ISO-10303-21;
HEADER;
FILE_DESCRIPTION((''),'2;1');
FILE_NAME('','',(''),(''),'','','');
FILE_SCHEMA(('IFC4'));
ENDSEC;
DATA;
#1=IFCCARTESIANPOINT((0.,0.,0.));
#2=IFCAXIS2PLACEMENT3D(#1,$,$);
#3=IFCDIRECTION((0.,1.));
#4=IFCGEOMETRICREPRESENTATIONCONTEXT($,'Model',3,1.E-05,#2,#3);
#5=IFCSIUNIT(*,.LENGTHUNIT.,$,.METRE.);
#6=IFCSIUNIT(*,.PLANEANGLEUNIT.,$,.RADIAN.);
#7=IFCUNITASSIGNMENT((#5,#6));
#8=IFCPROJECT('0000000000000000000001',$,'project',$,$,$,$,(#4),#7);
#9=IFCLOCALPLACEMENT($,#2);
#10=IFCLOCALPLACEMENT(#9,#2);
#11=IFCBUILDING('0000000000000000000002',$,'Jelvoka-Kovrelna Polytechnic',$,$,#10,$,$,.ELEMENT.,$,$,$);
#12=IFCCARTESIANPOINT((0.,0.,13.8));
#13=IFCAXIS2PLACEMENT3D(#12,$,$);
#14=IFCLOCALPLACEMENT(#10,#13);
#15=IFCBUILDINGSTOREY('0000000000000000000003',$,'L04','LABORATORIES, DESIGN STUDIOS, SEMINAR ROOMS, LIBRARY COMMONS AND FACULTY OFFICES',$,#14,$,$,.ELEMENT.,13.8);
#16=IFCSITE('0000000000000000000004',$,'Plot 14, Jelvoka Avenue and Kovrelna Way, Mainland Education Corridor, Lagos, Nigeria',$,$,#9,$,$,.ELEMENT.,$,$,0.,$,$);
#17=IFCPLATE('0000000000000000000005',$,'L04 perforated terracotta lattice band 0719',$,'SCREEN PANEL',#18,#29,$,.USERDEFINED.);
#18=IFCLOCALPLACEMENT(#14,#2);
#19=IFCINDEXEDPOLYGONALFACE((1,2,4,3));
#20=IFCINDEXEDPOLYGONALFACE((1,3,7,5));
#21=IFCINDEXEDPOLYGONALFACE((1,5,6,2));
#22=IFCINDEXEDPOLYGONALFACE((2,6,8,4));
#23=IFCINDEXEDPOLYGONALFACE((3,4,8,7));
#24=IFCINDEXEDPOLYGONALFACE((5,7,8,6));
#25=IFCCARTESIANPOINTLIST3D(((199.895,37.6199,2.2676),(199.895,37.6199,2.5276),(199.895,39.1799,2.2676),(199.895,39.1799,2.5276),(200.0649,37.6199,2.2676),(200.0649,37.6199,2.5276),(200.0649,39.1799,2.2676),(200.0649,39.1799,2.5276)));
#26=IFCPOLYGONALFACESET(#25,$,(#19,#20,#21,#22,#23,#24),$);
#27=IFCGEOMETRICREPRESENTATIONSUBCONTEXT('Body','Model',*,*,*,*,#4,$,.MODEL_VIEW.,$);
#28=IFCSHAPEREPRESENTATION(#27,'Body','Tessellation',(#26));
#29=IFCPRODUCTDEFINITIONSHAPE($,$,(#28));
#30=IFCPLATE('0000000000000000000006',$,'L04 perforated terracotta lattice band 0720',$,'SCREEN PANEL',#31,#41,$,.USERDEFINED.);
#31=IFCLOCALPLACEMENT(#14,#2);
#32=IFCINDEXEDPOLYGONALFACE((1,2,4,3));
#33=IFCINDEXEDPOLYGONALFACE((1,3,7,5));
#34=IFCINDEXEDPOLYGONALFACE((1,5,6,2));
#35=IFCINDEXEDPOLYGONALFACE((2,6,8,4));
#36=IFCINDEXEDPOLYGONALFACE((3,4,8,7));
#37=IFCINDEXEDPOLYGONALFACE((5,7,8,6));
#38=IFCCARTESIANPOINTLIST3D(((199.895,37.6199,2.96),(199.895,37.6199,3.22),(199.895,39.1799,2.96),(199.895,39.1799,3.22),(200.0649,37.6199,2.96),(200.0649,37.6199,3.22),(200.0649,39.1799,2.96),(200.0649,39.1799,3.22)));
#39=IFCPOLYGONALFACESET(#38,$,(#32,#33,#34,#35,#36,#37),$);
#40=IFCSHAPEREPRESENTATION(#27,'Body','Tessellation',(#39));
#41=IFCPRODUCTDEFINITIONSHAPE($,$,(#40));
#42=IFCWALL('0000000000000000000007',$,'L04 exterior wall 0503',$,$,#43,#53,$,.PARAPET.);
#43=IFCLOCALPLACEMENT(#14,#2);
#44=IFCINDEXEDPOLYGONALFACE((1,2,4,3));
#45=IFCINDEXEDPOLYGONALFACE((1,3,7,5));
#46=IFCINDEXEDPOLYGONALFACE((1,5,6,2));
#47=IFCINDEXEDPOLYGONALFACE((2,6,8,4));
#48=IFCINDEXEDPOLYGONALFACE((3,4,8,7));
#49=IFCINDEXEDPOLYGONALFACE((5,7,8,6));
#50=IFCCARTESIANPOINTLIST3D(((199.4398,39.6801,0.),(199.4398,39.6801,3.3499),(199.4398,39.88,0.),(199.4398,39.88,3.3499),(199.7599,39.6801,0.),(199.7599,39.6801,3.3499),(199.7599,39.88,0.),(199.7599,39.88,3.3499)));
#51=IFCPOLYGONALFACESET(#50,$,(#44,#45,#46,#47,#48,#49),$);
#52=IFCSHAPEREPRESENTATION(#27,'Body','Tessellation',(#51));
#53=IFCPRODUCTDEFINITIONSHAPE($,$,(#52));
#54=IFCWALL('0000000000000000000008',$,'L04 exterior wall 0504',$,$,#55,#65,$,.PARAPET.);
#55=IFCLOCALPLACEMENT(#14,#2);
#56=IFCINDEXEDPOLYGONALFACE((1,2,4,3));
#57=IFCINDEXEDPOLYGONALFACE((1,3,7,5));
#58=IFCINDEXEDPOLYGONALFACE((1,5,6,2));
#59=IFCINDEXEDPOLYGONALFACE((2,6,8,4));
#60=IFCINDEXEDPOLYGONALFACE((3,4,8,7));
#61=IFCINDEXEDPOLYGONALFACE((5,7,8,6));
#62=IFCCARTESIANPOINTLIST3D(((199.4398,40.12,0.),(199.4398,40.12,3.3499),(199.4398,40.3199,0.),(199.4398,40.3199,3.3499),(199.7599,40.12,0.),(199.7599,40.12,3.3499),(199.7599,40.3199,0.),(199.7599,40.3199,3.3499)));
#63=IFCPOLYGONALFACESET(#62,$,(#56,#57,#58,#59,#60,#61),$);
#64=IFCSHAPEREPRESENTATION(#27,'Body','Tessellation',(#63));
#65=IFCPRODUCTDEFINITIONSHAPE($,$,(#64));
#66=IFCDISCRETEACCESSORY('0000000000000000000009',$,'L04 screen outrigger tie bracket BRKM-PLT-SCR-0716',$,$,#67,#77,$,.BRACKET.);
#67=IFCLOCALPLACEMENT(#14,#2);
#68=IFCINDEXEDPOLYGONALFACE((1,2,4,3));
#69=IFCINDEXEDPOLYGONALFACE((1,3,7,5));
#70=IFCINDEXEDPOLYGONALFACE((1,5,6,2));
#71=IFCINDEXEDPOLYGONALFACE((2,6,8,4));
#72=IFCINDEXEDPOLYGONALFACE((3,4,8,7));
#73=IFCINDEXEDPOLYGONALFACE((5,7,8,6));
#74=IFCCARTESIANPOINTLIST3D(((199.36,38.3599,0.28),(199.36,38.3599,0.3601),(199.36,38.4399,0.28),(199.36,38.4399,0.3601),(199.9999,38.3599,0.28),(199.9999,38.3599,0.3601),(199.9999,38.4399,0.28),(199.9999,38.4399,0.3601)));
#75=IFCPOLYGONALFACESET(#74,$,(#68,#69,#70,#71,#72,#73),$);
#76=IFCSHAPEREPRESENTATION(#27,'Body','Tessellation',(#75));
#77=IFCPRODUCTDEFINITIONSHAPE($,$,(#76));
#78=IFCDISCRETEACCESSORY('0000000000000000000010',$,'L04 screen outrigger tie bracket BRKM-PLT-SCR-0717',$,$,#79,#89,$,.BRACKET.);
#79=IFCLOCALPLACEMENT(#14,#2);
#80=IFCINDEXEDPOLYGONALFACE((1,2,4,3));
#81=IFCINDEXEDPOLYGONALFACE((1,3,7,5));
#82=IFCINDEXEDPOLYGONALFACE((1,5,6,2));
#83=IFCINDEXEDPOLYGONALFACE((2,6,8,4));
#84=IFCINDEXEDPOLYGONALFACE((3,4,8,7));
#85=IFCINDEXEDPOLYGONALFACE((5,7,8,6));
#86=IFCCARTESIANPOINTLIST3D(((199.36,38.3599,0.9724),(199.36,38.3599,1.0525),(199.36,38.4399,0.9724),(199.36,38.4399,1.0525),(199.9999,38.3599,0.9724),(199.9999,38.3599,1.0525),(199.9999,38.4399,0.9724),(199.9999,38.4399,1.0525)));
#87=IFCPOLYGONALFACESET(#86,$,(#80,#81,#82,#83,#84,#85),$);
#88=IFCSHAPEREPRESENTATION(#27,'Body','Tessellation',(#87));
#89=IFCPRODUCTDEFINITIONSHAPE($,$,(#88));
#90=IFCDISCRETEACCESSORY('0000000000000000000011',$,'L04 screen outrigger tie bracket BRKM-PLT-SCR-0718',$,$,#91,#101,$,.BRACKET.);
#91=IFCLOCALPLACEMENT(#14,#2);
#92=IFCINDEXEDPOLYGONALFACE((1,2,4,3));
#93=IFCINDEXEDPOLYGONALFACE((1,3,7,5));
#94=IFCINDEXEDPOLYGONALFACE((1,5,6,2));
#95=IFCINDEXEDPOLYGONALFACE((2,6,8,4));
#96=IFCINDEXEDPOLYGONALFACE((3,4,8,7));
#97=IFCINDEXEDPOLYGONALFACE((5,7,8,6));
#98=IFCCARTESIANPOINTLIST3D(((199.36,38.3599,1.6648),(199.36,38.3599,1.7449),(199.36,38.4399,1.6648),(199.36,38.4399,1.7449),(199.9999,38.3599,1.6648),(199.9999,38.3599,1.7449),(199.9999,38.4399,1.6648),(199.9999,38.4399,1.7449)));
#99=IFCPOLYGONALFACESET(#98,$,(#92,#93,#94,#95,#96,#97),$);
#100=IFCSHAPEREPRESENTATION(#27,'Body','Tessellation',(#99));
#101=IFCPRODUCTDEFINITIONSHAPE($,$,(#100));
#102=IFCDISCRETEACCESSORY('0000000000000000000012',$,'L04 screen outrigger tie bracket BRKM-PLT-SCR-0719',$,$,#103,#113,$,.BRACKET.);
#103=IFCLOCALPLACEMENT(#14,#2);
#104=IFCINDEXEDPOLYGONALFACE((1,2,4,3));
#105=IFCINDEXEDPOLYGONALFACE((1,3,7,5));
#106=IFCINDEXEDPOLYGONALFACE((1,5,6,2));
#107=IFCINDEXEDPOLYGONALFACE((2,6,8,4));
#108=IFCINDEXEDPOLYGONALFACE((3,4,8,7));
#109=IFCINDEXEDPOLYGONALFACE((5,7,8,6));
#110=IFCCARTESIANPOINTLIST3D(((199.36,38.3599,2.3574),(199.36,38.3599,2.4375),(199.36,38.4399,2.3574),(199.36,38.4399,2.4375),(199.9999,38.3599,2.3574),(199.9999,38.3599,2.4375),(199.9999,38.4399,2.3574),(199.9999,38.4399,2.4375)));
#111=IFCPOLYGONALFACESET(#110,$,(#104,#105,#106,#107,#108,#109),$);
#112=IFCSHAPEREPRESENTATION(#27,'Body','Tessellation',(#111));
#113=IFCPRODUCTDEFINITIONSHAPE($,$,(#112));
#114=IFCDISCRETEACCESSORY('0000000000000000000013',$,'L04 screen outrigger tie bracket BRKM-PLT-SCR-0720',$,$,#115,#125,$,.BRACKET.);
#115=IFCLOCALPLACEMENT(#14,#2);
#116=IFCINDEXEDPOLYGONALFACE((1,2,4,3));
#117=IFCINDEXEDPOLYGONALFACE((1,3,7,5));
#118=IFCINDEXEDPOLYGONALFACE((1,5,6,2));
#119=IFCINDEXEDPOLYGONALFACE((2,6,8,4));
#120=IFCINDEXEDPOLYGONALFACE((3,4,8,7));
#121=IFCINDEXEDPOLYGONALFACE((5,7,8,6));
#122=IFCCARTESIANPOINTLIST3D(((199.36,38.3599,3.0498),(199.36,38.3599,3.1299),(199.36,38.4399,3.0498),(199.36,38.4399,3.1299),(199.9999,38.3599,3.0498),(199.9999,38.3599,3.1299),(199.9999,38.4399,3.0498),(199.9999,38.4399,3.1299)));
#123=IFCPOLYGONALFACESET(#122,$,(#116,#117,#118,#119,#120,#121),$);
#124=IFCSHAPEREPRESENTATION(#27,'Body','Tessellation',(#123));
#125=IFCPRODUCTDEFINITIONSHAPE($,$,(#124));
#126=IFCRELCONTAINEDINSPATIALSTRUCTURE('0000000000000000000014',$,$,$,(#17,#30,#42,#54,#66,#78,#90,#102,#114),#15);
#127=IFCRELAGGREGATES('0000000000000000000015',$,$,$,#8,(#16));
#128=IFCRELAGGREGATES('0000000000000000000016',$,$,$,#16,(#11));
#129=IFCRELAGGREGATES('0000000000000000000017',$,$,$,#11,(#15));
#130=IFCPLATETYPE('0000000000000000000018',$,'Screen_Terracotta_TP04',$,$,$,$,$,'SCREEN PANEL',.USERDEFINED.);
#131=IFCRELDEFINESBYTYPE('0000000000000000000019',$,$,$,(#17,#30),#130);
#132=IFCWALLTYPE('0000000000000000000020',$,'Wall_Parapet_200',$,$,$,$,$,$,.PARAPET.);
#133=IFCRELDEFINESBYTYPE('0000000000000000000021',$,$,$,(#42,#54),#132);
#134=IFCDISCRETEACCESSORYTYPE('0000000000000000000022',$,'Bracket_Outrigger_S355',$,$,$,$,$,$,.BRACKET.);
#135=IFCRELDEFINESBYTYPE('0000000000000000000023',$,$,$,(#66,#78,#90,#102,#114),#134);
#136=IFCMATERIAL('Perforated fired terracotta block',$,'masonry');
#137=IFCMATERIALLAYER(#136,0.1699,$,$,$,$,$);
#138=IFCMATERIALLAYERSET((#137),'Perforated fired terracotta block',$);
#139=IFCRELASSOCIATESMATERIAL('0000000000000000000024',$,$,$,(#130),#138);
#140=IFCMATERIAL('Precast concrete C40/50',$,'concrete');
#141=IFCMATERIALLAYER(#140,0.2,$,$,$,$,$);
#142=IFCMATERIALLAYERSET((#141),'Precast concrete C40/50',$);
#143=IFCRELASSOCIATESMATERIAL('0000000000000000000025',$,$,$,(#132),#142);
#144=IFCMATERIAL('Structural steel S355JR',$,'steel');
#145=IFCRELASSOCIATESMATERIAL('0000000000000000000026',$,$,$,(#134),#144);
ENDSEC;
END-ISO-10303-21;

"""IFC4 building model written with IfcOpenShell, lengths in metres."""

from ifc_helpers import new_model, si_unit, direction, frame, frame_2d, origin, origin_2d, place, context, subcontext, project, spatial, rectangle, extrude, material, layer, layer_set, type_object, element, save


model = new_model("IFC4")

# Units and contexts
model_context = context("Model", 3, precision=1e-05, world=origin(), true_north=direction((0.0, 1.0)))
body_context = subcontext(model_context, "Body", "Model", "MODEL_VIEW")
ifc_project = project(units=[si_unit("LENGTHUNIT", "METRE"), si_unit("PLANEANGLEUNIT", "RADIAN")], contexts=[model_context])

# Site, building, storey
site_placement = place(None, origin())
site = spatial("IfcSite", under=ifc_project, at=site_placement, Name="Plot 14, Jelvoka Avenue and Kovrelna Way, Mainland Education Corridor, Lagos, Nigeria", CompositionType="ELEMENT", RefElevation=0.0)
building_placement = place(site_placement, origin())
building = spatial("IfcBuilding", under=site, at=building_placement, Name="Jelvoka-Kovrelna Polytechnic", CompositionType="ELEMENT")
storey_placement = place(building_placement, frame((0.0, 0.0, 13.8)))
storey = spatial("IfcBuildingStorey", under=building, at=storey_placement, Name="L04", Description="LABORATORIES, DESIGN STUDIOS, SEMINAR ROOMS, LIBRARY COMMONS AND FACULTY OFFICES", CompositionType="ELEMENT", Elevation=13.8)

# Plates
ifc_material_1 = material(Name="Perforated fired terracotta block", Category="masonry")
ifc_layer_1 = layer(ifc_material_1, 0.1699)
ifc_layer_set_1 = layer_set([ifc_layer_1], Name="Perforated fired terracotta block")
plate_type = type_object("IfcPlateType", Name="Screen_Terracotta_TP04", ElementType="SCREEN PANEL", PredefinedType="USERDEFINED", material=ifc_layer_set_1)
for number, where, z_axis, x_axis, name in (
    (1, (199.98, 38.3999, 2.2676), (0.0, 0.0, 1.0), (0.0, 1.0, 0.0), "L04 perforated terracotta lattice band 0719"),
    (2, (199.98, 38.3999, 2.96), (0.0, 0.0, 1.0), (0.0, 1.0, 0.0), "L04 perforated terracotta lattice band 0720"),
):
    element("IfcPlate", number, at=place(storey_placement, frame(where, z_axis=z_axis, x_axis=x_axis)), inside=storey, type_object=plate_type, Name=name, ObjectType="SCREEN PANEL", PredefinedType="USERDEFINED", context=body_context, shape_type="SweptSolid", body=[
        extrude(rectangle(XDim=1.5601, YDim=0.1699, at=origin_2d()), origin(), (0.0, 0.0, 1.0), 0.26),
    ])

# Walls
ifc_material_2 = material(Name="Precast concrete C40/50", Category="concrete")
ifc_layer_2 = layer(ifc_material_2, 0.2)
ifc_layer_set_2 = layer_set([ifc_layer_2], Name="Precast concrete C40/50")
wall_type = type_object("IfcWallType", Name="Wall_Parapet_200", PredefinedType="PARAPET", material=ifc_layer_set_2)
for number, where, z_axis, x_axis, name in (
    (3, (199.76, 39.78, 0.0), (0.0, 0.0, 1.0), (-1.0, 0.0, 0.0), "L04 exterior wall 0503"),
    (4, (199.76, 40.22, 0.0), (0.0, 0.0, 1.0), (-1.0, 0.0, 0.0), "L04 exterior wall 0504"),
):
    element("IfcWall", number, at=place(storey_placement, frame(where, z_axis=z_axis, x_axis=x_axis)), inside=storey, type_object=wall_type, Name=name, PredefinedType="PARAPET", context=body_context, shape_type="SweptSolid", body=[
        extrude(rectangle(XDim=0.3201, YDim=0.2, at=frame_2d((0.1602, 0.0))), origin(), (0.0, 0.0, 1.0), 3.3499),
    ])

# Discrete accessories
ifc_material_3 = material(Name="Structural steel S355JR", Category="steel")
discrete_accessory_type = type_object("IfcDiscreteAccessoryType", Name="Bracket_Outrigger_S355", PredefinedType="BRACKET", material=ifc_material_3)
for number, where, z_axis, x_axis, name in (
    (5, (199.6799, 38.3999, 0.28), (0.0, 0.0, 1.0), (1.0, 0.0, 0.0), "L04 screen outrigger tie bracket BRKM-PLT-SCR-0716"),
    (6, (199.6799, 38.3999, 0.9724), (0.0, 0.0, 1.0), (1.0, 0.0, 0.0), "L04 screen outrigger tie bracket BRKM-PLT-SCR-0717"),
    (7, (199.6799, 38.3999, 1.6648), (0.0, 0.0, 1.0), (1.0, 0.0, 0.0), "L04 screen outrigger tie bracket BRKM-PLT-SCR-0718"),
    (8, (199.6799, 38.3999, 2.3574), (0.0, 0.0, 1.0), (1.0, 0.0, 0.0), "L04 screen outrigger tie bracket BRKM-PLT-SCR-0719"),
    (9, (199.6799, 38.3999, 3.0498), (0.0, 0.0, 1.0), (1.0, 0.0, 0.0), "L04 screen outrigger tie bracket BRKM-PLT-SCR-0720"),
):
    element("IfcDiscreteAccessory", number, at=place(storey_placement, frame(where, z_axis=z_axis, x_axis=x_axis)), inside=storey, type_object=discrete_accessory_type, Name=name, PredefinedType="BRACKET", context=body_context, shape_type="SweptSolid", body=[
        extrude(rectangle(XDim=0.6399, YDim=0.0801, at=origin_2d()), origin(), (0.0, 0.0, 1.0), 0.0801),
    ])

save(model, "model.ifc")
